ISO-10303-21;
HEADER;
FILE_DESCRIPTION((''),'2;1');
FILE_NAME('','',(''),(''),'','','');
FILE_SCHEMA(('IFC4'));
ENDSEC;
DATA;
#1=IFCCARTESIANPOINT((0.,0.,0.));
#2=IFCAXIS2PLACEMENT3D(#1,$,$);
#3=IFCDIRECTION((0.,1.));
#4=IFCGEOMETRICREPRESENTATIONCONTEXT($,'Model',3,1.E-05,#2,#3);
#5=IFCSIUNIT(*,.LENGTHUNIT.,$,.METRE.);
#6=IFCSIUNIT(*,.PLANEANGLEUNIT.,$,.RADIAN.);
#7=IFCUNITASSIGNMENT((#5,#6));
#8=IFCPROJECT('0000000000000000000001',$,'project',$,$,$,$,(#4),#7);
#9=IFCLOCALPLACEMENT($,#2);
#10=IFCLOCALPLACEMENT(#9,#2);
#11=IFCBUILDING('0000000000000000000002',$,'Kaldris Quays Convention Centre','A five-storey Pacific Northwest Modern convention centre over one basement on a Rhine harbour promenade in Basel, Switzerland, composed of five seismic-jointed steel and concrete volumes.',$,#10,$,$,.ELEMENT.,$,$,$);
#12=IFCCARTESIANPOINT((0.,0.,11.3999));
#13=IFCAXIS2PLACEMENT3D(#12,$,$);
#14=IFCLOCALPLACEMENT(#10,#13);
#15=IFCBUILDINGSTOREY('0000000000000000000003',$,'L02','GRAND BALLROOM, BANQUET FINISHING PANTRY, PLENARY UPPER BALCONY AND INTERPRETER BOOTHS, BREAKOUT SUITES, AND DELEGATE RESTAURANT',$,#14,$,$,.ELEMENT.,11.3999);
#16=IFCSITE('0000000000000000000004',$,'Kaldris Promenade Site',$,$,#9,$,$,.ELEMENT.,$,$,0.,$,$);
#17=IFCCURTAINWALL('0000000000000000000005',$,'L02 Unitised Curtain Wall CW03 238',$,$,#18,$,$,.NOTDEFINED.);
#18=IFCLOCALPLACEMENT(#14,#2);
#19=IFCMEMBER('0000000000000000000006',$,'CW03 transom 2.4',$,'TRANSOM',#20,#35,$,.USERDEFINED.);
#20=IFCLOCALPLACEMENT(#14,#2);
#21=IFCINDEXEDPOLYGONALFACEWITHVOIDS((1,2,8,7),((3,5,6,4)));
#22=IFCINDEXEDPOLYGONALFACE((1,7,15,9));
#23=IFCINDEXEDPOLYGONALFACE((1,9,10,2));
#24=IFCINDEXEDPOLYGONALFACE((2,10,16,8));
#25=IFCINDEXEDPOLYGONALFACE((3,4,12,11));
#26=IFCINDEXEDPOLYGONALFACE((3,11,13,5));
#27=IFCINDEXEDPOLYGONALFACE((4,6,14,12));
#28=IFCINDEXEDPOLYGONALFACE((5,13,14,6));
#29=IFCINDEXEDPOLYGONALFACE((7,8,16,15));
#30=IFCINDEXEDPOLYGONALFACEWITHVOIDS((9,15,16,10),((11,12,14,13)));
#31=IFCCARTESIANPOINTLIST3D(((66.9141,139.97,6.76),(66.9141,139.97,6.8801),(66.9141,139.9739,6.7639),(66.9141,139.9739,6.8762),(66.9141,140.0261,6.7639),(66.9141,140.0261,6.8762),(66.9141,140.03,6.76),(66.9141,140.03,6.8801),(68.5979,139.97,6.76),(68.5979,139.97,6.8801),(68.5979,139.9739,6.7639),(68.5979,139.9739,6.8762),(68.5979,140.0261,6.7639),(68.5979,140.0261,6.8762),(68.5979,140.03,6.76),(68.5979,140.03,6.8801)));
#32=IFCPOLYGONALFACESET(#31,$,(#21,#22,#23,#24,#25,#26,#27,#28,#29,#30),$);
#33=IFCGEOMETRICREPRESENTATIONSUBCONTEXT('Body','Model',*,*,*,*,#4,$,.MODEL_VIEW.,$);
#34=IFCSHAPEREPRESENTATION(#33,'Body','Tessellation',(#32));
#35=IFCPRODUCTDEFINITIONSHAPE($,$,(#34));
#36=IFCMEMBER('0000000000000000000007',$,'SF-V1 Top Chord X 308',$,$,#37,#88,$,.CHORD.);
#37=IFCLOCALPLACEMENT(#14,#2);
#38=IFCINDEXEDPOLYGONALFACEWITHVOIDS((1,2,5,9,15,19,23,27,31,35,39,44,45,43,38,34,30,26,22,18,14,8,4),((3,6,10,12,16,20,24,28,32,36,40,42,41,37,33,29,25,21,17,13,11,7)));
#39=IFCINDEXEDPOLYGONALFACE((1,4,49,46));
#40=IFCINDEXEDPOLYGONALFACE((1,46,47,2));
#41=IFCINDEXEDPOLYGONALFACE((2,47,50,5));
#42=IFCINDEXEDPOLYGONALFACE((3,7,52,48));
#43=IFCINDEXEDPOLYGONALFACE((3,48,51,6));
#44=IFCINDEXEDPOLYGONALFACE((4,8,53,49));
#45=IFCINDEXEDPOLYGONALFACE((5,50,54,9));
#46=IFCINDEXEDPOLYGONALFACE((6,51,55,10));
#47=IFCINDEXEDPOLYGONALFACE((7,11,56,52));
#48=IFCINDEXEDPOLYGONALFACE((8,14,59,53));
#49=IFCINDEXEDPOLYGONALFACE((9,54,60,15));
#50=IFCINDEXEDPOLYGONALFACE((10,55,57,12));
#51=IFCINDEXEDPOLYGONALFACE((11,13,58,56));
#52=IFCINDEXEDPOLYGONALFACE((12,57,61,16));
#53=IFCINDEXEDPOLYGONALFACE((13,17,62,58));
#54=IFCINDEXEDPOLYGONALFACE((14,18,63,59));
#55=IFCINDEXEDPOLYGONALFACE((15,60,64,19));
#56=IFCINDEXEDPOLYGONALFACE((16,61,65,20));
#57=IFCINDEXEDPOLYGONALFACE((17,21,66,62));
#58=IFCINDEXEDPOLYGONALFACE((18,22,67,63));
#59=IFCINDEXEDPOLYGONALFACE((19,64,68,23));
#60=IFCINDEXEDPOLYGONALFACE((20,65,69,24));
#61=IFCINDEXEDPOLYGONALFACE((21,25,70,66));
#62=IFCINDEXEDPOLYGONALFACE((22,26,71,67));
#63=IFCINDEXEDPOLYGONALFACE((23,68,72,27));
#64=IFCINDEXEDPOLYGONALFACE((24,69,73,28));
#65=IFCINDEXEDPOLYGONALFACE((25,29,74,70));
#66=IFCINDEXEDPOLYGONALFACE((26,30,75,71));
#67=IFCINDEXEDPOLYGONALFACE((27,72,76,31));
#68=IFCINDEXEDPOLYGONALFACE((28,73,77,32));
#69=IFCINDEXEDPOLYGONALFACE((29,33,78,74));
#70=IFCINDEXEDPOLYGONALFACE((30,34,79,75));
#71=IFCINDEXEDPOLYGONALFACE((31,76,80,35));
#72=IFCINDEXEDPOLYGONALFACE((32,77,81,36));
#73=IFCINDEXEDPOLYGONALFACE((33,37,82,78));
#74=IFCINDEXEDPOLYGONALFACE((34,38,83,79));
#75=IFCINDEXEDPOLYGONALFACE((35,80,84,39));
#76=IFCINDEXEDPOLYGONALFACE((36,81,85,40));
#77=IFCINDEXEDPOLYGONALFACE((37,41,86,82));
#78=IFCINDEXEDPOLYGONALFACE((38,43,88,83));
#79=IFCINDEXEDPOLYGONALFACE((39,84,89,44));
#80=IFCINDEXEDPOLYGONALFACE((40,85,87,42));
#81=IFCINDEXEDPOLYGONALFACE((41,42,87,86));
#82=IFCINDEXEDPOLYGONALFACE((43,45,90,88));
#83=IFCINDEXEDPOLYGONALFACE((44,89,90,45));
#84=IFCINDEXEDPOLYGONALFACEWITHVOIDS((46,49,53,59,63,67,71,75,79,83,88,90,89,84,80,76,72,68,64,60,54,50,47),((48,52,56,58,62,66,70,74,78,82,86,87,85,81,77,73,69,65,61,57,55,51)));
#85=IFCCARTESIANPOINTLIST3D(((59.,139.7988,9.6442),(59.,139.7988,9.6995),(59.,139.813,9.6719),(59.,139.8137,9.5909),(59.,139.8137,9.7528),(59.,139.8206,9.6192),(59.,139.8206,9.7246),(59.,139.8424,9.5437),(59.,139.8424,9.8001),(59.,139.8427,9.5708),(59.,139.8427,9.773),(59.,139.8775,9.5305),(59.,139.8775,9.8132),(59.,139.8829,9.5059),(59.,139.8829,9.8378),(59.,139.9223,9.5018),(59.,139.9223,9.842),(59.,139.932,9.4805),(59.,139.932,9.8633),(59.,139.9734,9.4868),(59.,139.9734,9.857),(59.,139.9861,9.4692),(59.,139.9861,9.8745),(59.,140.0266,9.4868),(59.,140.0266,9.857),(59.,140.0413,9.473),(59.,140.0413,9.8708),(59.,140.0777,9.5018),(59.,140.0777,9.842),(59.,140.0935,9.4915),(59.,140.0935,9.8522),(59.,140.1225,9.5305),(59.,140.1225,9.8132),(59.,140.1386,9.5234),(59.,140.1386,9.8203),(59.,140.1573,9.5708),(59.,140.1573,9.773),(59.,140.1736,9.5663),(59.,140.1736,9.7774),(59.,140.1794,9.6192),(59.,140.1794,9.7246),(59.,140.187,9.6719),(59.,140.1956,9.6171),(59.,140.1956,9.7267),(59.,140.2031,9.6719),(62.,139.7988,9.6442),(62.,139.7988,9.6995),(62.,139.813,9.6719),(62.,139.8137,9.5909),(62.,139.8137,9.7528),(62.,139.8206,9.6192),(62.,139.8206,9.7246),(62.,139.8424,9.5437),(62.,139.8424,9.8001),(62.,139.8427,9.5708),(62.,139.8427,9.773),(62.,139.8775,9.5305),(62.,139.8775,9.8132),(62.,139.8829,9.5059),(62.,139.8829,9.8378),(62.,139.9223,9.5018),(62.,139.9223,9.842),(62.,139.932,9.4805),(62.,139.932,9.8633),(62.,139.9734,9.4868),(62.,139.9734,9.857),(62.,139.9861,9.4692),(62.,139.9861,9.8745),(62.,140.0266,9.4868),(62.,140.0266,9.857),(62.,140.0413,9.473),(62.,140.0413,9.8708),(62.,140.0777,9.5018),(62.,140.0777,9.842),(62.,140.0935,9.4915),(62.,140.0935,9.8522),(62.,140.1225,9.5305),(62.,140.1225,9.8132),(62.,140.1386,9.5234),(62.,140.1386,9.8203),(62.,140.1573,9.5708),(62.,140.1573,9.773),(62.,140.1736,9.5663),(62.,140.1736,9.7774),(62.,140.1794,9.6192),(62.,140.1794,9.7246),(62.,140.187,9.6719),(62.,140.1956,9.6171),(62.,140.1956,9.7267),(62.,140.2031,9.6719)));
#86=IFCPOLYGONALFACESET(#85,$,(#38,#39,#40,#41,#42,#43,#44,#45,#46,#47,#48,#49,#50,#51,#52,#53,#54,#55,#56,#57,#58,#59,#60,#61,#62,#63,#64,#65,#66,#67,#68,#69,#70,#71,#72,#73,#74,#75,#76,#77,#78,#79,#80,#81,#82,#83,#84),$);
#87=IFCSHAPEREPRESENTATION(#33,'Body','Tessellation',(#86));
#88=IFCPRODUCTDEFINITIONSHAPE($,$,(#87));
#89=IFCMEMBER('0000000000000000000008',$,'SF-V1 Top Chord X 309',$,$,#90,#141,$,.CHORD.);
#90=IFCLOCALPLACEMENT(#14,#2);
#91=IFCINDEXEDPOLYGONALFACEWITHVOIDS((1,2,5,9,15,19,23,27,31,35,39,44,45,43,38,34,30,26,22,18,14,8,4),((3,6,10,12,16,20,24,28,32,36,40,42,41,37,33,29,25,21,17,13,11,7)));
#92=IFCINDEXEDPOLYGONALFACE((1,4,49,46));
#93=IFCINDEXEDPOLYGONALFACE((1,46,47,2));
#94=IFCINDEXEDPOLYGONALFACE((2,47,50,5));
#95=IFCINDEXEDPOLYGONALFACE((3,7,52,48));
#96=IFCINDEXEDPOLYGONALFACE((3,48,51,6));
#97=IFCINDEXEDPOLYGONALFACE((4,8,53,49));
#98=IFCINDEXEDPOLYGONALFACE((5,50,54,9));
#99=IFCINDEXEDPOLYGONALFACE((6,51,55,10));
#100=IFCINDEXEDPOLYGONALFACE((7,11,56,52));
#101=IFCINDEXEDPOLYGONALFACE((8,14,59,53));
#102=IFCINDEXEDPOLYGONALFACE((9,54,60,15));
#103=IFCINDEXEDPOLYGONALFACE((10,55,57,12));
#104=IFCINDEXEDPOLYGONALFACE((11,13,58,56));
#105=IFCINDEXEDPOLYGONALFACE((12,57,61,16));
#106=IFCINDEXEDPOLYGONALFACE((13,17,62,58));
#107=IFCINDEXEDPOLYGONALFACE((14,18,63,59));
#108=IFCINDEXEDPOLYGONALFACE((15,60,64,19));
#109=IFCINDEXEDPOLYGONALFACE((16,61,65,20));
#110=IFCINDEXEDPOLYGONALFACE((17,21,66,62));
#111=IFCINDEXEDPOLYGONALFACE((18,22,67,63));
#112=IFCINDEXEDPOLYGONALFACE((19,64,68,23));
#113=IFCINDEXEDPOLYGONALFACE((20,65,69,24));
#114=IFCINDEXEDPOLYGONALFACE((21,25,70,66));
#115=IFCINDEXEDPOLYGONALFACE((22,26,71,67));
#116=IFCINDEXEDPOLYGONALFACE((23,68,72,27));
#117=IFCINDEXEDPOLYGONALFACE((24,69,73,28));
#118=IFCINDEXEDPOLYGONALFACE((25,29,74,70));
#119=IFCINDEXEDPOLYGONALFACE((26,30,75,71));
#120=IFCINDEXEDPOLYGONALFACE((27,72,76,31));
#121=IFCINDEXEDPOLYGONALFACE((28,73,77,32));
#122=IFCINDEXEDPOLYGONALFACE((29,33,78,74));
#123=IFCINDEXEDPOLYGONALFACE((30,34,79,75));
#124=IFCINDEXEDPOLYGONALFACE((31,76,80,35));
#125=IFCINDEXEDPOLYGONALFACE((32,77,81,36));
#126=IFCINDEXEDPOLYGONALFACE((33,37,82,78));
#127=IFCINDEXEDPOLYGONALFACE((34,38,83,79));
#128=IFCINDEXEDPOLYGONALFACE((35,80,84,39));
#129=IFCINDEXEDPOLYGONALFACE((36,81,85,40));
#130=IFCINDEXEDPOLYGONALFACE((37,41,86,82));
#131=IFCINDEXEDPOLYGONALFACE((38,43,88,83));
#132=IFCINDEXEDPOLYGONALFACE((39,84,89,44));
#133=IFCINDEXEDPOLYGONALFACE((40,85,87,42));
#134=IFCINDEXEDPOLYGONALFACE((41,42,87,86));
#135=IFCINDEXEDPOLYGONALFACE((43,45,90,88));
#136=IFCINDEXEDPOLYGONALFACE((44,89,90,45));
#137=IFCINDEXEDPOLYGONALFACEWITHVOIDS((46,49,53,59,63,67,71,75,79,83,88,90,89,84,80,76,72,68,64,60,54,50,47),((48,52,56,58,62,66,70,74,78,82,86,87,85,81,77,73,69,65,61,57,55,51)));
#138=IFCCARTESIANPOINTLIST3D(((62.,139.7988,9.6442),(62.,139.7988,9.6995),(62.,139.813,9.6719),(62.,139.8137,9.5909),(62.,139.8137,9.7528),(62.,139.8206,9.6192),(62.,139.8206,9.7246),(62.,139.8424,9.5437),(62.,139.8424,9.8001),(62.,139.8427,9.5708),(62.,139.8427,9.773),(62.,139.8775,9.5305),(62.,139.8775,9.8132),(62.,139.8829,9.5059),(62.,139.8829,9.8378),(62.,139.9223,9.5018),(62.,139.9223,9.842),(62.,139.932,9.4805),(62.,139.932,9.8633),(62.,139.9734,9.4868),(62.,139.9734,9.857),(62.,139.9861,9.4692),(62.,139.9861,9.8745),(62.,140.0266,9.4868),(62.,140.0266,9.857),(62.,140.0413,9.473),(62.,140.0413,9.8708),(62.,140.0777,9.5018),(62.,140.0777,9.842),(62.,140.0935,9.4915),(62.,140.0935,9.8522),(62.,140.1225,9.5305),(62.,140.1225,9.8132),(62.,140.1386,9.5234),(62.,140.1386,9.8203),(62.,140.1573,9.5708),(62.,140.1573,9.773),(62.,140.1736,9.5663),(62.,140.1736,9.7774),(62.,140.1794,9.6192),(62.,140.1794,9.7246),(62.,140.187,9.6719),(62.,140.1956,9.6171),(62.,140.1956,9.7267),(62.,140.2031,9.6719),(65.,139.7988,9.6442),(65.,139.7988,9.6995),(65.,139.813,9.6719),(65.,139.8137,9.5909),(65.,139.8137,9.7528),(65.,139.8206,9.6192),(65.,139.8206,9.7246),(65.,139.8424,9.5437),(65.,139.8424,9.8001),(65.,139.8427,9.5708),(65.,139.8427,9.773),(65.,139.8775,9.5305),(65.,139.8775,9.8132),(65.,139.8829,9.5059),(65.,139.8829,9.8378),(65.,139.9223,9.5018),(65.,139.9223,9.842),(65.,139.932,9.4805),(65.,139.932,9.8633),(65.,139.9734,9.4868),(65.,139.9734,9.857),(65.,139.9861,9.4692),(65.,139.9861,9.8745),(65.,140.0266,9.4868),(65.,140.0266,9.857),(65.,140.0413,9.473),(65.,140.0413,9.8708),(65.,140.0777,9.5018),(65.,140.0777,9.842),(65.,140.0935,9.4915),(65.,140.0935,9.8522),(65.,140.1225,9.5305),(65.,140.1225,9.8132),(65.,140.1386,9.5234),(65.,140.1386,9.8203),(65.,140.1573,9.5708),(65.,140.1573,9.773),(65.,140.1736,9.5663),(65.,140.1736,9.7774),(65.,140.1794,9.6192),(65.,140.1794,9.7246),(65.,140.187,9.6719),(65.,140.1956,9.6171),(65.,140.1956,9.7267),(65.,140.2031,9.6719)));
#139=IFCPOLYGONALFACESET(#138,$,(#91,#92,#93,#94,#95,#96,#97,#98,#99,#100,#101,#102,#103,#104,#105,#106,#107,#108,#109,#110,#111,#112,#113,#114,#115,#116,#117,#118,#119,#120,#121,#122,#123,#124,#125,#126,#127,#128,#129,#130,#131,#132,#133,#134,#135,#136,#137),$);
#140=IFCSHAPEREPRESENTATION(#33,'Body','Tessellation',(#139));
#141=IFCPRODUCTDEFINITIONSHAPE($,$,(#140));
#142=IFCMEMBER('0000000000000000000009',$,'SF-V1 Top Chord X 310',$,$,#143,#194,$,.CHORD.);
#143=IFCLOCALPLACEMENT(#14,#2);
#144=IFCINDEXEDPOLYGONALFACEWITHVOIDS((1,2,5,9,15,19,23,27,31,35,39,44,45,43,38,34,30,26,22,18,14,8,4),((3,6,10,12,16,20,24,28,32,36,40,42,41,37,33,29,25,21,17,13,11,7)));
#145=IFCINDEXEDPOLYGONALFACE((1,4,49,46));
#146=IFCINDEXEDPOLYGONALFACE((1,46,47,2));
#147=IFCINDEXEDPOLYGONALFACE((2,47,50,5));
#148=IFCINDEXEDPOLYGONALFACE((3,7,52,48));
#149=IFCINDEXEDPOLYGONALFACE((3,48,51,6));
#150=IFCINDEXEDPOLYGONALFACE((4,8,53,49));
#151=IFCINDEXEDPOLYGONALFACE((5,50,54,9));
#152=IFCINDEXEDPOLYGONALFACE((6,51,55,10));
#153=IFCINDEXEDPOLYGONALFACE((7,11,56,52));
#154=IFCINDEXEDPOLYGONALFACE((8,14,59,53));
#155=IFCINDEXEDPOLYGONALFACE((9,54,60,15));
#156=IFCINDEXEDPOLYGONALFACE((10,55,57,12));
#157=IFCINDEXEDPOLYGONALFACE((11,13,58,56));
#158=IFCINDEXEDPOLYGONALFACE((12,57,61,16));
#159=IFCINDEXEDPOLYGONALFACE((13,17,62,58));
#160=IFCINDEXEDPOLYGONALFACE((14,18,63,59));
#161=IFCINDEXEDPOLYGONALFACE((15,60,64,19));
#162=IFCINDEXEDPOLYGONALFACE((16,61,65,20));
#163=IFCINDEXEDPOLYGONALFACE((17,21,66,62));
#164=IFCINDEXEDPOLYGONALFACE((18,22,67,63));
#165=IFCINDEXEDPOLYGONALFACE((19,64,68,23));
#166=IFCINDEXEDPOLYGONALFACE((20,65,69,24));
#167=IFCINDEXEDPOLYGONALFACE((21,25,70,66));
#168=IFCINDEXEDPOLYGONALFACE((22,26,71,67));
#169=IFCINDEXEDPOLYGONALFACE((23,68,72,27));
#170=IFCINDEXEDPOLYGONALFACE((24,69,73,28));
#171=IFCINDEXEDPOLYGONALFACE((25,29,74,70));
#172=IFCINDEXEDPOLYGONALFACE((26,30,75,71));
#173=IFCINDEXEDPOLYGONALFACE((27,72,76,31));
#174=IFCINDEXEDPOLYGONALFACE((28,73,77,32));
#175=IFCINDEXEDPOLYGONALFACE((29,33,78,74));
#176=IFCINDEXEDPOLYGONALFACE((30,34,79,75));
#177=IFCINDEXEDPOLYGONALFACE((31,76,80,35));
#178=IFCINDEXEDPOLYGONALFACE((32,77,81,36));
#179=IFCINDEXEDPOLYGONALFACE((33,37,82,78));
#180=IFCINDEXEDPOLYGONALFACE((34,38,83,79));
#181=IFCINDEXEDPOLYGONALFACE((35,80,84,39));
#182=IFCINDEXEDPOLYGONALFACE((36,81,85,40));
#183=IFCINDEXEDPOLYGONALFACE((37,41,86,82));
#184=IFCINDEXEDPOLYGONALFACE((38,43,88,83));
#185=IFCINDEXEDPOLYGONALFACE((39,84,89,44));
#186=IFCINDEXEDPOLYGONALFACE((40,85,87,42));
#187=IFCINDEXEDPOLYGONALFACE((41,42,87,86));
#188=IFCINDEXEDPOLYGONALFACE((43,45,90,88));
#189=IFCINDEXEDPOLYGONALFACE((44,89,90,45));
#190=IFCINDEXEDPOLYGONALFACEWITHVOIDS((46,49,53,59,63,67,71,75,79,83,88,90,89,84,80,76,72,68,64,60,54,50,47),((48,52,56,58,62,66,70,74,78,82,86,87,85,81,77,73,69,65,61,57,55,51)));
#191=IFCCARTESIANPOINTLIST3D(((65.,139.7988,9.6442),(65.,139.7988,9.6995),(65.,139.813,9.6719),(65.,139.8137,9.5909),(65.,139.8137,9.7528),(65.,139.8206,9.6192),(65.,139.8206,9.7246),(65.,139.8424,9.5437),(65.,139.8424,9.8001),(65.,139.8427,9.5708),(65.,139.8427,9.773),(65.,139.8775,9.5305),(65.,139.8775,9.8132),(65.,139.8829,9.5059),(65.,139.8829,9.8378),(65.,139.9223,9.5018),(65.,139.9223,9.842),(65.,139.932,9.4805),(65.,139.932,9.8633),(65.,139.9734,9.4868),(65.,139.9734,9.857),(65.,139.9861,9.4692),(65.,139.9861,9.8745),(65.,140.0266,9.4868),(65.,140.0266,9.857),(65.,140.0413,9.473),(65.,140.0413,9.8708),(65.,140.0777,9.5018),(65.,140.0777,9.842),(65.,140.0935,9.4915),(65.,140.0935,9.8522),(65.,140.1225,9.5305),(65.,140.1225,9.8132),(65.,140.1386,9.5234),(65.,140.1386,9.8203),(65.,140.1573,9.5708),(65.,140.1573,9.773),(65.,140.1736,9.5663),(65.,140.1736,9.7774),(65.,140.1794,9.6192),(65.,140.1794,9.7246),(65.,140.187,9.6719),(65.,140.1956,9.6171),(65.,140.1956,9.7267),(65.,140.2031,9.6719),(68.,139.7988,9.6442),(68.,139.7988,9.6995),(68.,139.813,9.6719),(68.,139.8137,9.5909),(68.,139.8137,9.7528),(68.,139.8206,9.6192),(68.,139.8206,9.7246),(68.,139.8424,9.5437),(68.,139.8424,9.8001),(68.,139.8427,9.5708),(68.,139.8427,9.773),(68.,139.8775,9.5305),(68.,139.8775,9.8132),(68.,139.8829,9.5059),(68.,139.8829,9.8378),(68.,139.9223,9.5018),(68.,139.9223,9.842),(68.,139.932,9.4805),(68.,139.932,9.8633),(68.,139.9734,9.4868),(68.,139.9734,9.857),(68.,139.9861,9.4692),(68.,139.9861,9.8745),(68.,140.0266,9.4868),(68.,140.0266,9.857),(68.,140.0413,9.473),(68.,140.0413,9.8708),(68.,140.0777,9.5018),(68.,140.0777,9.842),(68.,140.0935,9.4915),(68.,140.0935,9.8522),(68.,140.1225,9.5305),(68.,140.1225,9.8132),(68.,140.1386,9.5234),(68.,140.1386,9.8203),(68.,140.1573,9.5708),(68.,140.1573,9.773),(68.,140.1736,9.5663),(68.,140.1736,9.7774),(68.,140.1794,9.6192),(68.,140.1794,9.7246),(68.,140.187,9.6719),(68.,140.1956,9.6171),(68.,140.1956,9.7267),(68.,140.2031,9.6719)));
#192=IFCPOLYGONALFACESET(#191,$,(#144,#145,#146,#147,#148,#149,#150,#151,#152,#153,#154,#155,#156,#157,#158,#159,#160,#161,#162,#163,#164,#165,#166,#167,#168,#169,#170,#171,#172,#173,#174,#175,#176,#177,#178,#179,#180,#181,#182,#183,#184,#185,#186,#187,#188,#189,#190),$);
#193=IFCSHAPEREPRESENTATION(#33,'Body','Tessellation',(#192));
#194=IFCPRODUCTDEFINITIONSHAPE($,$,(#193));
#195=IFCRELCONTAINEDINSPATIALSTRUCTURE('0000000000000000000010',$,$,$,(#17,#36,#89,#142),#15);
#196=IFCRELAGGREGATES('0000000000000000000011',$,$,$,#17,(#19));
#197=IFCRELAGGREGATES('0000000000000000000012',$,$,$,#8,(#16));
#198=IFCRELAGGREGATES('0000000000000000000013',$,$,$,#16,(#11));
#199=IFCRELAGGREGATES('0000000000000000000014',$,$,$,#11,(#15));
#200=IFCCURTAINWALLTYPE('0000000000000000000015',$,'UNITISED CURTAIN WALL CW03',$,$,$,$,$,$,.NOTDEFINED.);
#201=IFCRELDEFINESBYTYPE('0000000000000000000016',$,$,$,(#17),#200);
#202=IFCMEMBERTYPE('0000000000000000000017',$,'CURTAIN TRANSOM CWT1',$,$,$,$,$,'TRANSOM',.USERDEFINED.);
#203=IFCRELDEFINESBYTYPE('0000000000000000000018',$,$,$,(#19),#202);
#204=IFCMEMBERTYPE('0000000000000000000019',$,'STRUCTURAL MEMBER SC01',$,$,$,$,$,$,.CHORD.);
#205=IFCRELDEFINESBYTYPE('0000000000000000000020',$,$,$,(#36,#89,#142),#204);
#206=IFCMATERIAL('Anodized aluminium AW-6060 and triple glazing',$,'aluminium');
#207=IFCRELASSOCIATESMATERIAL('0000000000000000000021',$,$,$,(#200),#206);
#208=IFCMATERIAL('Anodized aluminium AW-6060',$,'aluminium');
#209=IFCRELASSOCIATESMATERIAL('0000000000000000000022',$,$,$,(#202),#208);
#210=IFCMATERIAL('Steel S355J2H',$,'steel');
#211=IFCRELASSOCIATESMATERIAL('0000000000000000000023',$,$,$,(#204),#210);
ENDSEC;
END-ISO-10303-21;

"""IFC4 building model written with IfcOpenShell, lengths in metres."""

from ifc_helpers import new_model, si_unit, direction, frame, origin, origin_2d, place, context, subcontext, project, spatial, hollow_rectangle, hollow_circle, extrude, material, material_profile, profile_set, type_object, element, aggregate, save


model = new_model("IFC4")

# Units and contexts
model_context = context("Model", 3, precision=1e-05, world=origin(), true_north=direction((0.0, 1.0)))
body_context = subcontext(model_context, "Body", "Model", "MODEL_VIEW")
ifc_project = project(units=[si_unit("LENGTHUNIT", "METRE"), si_unit("PLANEANGLEUNIT", "RADIAN")], contexts=[model_context])

# Site, building, storey
site_placement = place(None, origin())
site = spatial("IfcSite", under=ifc_project, at=site_placement, Name="Kaldris Promenade Site", CompositionType="ELEMENT", RefElevation=0.0)
building_placement = place(site_placement, origin())
building = spatial("IfcBuilding", under=site, at=building_placement, Name="Kaldris Quays Convention Centre", Description="A five-storey Pacific Northwest Modern convention centre over one basement on a Rhine harbour promenade in Basel, Switzerland, composed of five seismic-jointed steel and concrete volumes.", CompositionType="ELEMENT")
storey_placement = place(building_placement, frame((0.0, 0.0, 11.3999)))
storey = spatial("IfcBuildingStorey", under=building, at=storey_placement, Name="L02", Description="GRAND BALLROOM, BANQUET FINISHING PANTRY, PLENARY UPPER BALCONY AND INTERPRETER BOOTHS, BREAKOUT SUITES, AND DELEGATE RESTAURANT", CompositionType="ELEMENT", Elevation=11.3999)

# Curtain wall, member
ifc_material_1 = material(Name="Anodized aluminium AW-6060 and triple glazing", Category="aluminium")
curtain_wall_type = type_object("IfcCurtainWallType", Name="UNITISED CURTAIN WALL CW03", PredefinedType="NOTDEFINED", material=ifc_material_1)
ifc_material_2 = material(Name="Anodized aluminium AW-6060", Category="aluminium")
ifc_material_profile_1 = material_profile(ifc_material_2, hollow_rectangle(XDim=0.0601, YDim=0.1201, WallThickness=0.0039, at=origin_2d()), Name="RHS 120x60x4")
ifc_profile_set_1 = profile_set([ifc_material_profile_1], Name="Anodized aluminium AW-6060")
member_type_1 = type_object("IfcMemberType", Name="CURTAIN TRANSOM CWT1", ElementType="TRANSOM", PredefinedType="USERDEFINED", material=ifc_profile_set_1)
curtain_wall_1_placement = place(storey_placement, origin())
curtain_wall_1 = element("IfcCurtainWall", 1, at=curtain_wall_1_placement, inside=storey, type_object=curtain_wall_type, Name="L02 Unitised Curtain Wall CW03 238", PredefinedType="NOTDEFINED")
member_1_placement = place(storey_placement, frame((66.9141, 140.0, 6.8201), z_axis=(1.0, 0.0, 0.0), x_axis=(0.0, 1.0, 0.0)))
member_1 = element("IfcMember", 2, at=member_1_placement, type_object=member_type_1, Name="CW03 transom 2.4", ObjectType="TRANSOM", PredefinedType="USERDEFINED", context=body_context, shape_type="SweptSolid", body=[
    extrude(hollow_rectangle(XDim=0.0601, YDim=0.1201, WallThickness=0.0039, at=origin_2d()), origin(), (0.0, 0.0, 1.0), 1.6838),
])

# Members
ifc_material_3 = material(Name="Steel S355J2H", Category="steel")
ifc_material_profile_2 = material_profile(ifc_material_3, hollow_circle(Radius=0.2031, WallThickness=0.0161, at=origin_2d()), Name="CHS 406.4x16")
ifc_profile_set_2 = profile_set([ifc_material_profile_2], Name="Steel S355J2H")
member_type_2 = type_object("IfcMemberType", Name="STRUCTURAL MEMBER SC01", PredefinedType="CHORD", material=ifc_profile_set_2)
for number, where, z_axis, x_axis, name in (
    (3, (59.0, 140.0, 9.6719), (1.0, 0.0, 0.0), (0.0, 1.0, 0.0), "SF-V1 Top Chord X 308"),
    (4, (62.0, 140.0, 9.6719), (1.0, 0.0, 0.0), (0.0, 1.0, 0.0), "SF-V1 Top Chord X 309"),
    (5, (65.0, 140.0, 9.6719), (1.0, 0.0, 0.0), (0.0, 1.0, 0.0), "SF-V1 Top Chord X 310"),
):
    element("IfcMember", number, at=place(storey_placement, frame(where, z_axis=z_axis, x_axis=x_axis)), inside=storey, type_object=member_type_2, Name=name, PredefinedType="CHORD", context=body_context, shape_type="SweptSolid", body=[
        extrude(hollow_circle(Radius=0.2031, WallThickness=0.0161, at=origin_2d()), origin(), (0.0, 0.0, 1.0), 3.0),
    ])

aggregate(curtain_wall_1, [member_1])

save(model, "model.ifc")
